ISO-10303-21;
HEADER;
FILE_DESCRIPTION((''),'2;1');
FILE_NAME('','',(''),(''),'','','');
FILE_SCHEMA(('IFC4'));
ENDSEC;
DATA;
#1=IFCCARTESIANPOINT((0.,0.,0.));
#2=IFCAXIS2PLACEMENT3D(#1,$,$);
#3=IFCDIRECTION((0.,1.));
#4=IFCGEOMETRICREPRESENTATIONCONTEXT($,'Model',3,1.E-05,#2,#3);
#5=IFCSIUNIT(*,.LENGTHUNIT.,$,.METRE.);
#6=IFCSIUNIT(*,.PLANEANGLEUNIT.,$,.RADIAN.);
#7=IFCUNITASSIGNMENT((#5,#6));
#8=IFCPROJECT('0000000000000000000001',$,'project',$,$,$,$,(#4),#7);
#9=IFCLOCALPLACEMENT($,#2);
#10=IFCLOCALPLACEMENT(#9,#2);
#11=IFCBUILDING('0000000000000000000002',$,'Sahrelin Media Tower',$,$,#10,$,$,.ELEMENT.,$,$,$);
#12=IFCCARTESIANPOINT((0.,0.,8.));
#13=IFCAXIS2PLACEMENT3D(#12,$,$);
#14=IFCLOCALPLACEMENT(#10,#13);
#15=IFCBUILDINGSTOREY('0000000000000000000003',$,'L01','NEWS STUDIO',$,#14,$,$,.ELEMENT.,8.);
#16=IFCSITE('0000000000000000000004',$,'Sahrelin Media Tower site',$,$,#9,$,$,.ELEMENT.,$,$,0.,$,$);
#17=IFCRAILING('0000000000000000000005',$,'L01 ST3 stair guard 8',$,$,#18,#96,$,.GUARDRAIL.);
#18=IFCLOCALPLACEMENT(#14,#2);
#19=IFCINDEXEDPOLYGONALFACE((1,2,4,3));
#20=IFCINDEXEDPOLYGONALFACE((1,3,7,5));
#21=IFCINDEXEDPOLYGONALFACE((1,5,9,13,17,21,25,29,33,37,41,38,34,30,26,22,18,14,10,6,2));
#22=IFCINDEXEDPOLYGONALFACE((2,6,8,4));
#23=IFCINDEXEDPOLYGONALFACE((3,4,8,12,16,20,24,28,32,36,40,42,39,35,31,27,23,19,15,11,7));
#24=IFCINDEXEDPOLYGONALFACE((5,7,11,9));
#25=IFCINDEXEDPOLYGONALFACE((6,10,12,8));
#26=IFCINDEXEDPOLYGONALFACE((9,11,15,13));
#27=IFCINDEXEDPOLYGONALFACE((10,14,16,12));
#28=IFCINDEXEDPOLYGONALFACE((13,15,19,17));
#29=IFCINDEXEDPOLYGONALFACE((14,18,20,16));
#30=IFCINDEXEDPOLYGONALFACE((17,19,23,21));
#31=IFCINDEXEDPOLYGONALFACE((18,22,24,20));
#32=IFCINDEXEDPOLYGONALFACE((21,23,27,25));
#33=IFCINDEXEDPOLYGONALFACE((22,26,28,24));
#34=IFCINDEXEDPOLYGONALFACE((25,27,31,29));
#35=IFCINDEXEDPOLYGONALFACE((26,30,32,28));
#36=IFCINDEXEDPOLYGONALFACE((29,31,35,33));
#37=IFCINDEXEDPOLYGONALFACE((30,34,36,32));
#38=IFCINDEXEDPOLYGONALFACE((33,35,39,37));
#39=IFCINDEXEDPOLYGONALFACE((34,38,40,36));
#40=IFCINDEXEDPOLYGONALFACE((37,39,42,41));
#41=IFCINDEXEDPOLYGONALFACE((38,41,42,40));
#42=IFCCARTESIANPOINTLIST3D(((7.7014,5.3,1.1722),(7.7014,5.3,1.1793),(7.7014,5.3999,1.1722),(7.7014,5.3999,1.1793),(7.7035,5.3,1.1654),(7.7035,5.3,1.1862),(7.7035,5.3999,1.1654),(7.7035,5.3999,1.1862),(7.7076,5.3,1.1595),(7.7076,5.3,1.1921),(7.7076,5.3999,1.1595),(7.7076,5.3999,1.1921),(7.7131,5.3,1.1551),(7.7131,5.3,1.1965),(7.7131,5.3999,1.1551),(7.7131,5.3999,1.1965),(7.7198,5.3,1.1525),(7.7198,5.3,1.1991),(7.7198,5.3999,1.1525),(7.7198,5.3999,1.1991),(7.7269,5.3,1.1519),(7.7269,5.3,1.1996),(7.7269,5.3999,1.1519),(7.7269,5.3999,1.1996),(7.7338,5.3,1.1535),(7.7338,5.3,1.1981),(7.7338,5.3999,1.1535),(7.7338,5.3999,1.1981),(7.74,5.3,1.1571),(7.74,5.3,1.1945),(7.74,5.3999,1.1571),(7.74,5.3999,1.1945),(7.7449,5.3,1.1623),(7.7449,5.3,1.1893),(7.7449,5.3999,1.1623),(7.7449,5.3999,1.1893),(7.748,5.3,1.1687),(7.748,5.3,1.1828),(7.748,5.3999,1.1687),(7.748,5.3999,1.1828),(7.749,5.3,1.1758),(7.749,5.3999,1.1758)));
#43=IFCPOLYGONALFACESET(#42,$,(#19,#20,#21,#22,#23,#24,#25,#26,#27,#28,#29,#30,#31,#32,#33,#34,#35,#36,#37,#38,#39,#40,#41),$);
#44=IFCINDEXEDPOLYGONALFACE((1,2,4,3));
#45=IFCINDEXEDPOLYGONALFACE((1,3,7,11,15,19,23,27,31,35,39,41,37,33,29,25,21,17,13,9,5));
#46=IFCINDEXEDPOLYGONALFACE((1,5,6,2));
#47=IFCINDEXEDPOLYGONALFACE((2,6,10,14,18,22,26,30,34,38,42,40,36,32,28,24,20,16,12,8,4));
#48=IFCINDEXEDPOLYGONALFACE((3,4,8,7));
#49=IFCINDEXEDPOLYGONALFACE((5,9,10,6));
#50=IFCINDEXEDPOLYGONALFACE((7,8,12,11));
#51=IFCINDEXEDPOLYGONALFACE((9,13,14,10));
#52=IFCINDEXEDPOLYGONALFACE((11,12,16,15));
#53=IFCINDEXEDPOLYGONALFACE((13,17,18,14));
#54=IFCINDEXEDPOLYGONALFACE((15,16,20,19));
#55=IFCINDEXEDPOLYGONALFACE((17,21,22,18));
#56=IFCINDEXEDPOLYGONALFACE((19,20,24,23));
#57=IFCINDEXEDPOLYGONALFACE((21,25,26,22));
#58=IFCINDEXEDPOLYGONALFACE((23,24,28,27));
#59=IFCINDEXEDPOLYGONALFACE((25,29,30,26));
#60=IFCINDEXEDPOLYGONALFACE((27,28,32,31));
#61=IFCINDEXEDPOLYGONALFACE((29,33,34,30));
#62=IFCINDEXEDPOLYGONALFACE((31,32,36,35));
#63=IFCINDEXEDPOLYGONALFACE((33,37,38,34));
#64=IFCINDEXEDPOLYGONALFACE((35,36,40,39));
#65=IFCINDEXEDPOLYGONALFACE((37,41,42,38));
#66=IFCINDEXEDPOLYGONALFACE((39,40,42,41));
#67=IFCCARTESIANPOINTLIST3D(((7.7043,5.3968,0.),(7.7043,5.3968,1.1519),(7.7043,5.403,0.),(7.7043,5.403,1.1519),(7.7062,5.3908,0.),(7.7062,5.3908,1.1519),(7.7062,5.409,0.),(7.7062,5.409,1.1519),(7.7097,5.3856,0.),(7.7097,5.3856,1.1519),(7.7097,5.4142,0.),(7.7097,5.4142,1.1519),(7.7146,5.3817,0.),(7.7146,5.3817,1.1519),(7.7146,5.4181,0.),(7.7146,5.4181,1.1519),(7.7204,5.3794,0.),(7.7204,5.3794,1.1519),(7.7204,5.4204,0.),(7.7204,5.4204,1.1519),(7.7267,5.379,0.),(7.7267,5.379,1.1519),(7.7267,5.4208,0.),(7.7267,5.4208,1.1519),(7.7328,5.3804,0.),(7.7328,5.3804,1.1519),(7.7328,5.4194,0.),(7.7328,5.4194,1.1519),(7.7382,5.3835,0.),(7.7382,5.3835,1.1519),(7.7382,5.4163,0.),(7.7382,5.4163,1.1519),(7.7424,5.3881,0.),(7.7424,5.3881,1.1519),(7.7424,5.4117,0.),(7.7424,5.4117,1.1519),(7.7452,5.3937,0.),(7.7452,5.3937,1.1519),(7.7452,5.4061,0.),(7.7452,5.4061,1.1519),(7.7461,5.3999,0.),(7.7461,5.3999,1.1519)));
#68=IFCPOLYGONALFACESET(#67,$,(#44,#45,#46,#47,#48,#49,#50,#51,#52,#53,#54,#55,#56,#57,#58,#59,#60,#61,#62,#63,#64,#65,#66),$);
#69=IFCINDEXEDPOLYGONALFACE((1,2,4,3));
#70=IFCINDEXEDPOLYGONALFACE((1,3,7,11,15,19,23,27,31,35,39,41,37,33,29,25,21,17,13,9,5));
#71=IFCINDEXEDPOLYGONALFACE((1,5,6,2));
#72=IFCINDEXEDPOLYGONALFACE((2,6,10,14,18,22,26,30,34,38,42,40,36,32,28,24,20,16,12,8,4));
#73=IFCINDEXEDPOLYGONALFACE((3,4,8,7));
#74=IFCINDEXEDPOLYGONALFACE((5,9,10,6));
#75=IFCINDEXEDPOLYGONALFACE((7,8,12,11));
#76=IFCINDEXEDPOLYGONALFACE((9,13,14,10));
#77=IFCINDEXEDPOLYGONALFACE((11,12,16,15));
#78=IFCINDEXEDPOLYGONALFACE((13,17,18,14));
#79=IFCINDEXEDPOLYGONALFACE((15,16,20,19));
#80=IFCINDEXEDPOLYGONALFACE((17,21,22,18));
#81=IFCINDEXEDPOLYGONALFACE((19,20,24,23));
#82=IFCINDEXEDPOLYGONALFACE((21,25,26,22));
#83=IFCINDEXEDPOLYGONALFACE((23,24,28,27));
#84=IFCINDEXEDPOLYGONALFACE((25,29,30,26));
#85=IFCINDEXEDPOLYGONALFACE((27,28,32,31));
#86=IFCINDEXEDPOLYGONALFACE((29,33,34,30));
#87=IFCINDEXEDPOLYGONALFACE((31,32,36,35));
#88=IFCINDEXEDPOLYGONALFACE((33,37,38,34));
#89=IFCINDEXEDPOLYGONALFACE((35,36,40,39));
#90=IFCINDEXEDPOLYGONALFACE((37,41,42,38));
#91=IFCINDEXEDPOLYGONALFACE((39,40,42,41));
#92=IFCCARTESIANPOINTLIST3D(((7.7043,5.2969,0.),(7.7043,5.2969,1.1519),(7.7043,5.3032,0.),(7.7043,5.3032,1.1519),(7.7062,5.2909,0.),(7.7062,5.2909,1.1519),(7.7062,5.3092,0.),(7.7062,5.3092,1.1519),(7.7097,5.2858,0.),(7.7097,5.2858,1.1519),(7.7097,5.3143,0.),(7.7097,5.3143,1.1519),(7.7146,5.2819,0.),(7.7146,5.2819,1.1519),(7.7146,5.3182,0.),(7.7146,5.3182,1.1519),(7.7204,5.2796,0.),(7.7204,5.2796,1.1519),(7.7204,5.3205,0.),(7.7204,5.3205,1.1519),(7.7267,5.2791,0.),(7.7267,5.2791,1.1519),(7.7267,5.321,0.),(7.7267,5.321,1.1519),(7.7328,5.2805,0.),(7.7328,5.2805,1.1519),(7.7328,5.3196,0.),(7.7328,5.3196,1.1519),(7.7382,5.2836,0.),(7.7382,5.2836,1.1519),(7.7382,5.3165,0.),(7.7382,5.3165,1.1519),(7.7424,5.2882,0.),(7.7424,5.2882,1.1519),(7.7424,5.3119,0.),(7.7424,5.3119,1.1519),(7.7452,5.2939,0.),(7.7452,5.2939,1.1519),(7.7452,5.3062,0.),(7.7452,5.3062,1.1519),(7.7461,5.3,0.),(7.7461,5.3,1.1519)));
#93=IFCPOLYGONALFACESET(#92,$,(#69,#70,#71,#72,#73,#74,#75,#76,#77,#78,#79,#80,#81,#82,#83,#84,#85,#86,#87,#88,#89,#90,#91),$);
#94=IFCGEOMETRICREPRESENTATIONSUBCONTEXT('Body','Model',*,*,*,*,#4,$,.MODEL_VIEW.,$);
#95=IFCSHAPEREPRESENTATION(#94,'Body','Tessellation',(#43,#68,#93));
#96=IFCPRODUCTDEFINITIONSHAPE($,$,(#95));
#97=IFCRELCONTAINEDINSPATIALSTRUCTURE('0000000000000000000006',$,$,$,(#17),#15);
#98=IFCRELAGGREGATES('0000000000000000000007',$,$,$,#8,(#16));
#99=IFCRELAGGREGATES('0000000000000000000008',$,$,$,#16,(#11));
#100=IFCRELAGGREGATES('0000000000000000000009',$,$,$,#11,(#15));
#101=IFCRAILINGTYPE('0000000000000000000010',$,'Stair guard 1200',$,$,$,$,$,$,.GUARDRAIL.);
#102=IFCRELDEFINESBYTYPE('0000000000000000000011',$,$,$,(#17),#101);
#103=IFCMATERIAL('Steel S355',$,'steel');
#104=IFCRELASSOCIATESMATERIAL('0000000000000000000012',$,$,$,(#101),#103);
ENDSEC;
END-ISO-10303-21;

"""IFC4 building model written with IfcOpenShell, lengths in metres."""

from ifc_helpers import new_model, si_unit, direction, frame, origin, origin_2d, place, context, subcontext, project, spatial, circle, extrude, material, type_object, element, save


model = new_model("IFC4")

# Units and contexts
model_context = context("Model", 3, precision=1e-05, world=origin(), true_north=direction((0.0, 1.0)))
body_context = subcontext(model_context, "Body", "Model", "MODEL_VIEW")
ifc_project = project(units=[si_unit("LENGTHUNIT", "METRE"), si_unit("PLANEANGLEUNIT", "RADIAN")], contexts=[model_context])

# Site, building, storey
site_placement = place(None, origin())
site = spatial("IfcSite", under=ifc_project, at=site_placement, Name="Sahrelin Media Tower site", CompositionType="ELEMENT", RefElevation=0.0)
building_placement = place(site_placement, origin())
building = spatial("IfcBuilding", under=site, at=building_placement, Name="Sahrelin Media Tower", CompositionType="ELEMENT")
storey_placement = place(building_placement, frame((0.0, 0.0, 8.0)))
storey = spatial("IfcBuildingStorey", under=building, at=storey_placement, Name="L01", Description="NEWS STUDIO", CompositionType="ELEMENT", Elevation=8.0)

# Shared definitions
ifc_material_1 = material(Name="Steel S355", Category="steel")

# Railing
railing_type_1 = type_object("IfcRailingType", Name="Stair guard 1200", PredefinedType="GUARDRAIL", material=ifc_material_1)
railing_1_placement = place(storey_placement, frame((7.7251, 5.3999, 0.0)))
element("IfcRailing", 1, at=railing_1_placement, inside=storey, type_object=railing_type_1, Name="L01 ST3 stair guard 8", PredefinedType="GUARDRAIL", context=body_context, shape_type="SweptSolid", body=[
    extrude(circle(Radius=0.0239, at=origin_2d()), frame((0.0, 0.0, 1.1758), z_axis=(0.0, -1.0, 0.0), x_axis=(1.0, 0.0, 0.0)), (0.0, 0.0, 1.0), 0.0999),
    extrude(circle(Radius=0.021, at=origin_2d()), origin(), (0.0, 0.0, 1.0), 1.1519),
    extrude(circle(Radius=0.021, at=origin_2d()), frame((0.0, -0.0999, 0.0)), (0.0, 0.0, 1.0), 1.1519),
])

save(model, "model.ifc")
